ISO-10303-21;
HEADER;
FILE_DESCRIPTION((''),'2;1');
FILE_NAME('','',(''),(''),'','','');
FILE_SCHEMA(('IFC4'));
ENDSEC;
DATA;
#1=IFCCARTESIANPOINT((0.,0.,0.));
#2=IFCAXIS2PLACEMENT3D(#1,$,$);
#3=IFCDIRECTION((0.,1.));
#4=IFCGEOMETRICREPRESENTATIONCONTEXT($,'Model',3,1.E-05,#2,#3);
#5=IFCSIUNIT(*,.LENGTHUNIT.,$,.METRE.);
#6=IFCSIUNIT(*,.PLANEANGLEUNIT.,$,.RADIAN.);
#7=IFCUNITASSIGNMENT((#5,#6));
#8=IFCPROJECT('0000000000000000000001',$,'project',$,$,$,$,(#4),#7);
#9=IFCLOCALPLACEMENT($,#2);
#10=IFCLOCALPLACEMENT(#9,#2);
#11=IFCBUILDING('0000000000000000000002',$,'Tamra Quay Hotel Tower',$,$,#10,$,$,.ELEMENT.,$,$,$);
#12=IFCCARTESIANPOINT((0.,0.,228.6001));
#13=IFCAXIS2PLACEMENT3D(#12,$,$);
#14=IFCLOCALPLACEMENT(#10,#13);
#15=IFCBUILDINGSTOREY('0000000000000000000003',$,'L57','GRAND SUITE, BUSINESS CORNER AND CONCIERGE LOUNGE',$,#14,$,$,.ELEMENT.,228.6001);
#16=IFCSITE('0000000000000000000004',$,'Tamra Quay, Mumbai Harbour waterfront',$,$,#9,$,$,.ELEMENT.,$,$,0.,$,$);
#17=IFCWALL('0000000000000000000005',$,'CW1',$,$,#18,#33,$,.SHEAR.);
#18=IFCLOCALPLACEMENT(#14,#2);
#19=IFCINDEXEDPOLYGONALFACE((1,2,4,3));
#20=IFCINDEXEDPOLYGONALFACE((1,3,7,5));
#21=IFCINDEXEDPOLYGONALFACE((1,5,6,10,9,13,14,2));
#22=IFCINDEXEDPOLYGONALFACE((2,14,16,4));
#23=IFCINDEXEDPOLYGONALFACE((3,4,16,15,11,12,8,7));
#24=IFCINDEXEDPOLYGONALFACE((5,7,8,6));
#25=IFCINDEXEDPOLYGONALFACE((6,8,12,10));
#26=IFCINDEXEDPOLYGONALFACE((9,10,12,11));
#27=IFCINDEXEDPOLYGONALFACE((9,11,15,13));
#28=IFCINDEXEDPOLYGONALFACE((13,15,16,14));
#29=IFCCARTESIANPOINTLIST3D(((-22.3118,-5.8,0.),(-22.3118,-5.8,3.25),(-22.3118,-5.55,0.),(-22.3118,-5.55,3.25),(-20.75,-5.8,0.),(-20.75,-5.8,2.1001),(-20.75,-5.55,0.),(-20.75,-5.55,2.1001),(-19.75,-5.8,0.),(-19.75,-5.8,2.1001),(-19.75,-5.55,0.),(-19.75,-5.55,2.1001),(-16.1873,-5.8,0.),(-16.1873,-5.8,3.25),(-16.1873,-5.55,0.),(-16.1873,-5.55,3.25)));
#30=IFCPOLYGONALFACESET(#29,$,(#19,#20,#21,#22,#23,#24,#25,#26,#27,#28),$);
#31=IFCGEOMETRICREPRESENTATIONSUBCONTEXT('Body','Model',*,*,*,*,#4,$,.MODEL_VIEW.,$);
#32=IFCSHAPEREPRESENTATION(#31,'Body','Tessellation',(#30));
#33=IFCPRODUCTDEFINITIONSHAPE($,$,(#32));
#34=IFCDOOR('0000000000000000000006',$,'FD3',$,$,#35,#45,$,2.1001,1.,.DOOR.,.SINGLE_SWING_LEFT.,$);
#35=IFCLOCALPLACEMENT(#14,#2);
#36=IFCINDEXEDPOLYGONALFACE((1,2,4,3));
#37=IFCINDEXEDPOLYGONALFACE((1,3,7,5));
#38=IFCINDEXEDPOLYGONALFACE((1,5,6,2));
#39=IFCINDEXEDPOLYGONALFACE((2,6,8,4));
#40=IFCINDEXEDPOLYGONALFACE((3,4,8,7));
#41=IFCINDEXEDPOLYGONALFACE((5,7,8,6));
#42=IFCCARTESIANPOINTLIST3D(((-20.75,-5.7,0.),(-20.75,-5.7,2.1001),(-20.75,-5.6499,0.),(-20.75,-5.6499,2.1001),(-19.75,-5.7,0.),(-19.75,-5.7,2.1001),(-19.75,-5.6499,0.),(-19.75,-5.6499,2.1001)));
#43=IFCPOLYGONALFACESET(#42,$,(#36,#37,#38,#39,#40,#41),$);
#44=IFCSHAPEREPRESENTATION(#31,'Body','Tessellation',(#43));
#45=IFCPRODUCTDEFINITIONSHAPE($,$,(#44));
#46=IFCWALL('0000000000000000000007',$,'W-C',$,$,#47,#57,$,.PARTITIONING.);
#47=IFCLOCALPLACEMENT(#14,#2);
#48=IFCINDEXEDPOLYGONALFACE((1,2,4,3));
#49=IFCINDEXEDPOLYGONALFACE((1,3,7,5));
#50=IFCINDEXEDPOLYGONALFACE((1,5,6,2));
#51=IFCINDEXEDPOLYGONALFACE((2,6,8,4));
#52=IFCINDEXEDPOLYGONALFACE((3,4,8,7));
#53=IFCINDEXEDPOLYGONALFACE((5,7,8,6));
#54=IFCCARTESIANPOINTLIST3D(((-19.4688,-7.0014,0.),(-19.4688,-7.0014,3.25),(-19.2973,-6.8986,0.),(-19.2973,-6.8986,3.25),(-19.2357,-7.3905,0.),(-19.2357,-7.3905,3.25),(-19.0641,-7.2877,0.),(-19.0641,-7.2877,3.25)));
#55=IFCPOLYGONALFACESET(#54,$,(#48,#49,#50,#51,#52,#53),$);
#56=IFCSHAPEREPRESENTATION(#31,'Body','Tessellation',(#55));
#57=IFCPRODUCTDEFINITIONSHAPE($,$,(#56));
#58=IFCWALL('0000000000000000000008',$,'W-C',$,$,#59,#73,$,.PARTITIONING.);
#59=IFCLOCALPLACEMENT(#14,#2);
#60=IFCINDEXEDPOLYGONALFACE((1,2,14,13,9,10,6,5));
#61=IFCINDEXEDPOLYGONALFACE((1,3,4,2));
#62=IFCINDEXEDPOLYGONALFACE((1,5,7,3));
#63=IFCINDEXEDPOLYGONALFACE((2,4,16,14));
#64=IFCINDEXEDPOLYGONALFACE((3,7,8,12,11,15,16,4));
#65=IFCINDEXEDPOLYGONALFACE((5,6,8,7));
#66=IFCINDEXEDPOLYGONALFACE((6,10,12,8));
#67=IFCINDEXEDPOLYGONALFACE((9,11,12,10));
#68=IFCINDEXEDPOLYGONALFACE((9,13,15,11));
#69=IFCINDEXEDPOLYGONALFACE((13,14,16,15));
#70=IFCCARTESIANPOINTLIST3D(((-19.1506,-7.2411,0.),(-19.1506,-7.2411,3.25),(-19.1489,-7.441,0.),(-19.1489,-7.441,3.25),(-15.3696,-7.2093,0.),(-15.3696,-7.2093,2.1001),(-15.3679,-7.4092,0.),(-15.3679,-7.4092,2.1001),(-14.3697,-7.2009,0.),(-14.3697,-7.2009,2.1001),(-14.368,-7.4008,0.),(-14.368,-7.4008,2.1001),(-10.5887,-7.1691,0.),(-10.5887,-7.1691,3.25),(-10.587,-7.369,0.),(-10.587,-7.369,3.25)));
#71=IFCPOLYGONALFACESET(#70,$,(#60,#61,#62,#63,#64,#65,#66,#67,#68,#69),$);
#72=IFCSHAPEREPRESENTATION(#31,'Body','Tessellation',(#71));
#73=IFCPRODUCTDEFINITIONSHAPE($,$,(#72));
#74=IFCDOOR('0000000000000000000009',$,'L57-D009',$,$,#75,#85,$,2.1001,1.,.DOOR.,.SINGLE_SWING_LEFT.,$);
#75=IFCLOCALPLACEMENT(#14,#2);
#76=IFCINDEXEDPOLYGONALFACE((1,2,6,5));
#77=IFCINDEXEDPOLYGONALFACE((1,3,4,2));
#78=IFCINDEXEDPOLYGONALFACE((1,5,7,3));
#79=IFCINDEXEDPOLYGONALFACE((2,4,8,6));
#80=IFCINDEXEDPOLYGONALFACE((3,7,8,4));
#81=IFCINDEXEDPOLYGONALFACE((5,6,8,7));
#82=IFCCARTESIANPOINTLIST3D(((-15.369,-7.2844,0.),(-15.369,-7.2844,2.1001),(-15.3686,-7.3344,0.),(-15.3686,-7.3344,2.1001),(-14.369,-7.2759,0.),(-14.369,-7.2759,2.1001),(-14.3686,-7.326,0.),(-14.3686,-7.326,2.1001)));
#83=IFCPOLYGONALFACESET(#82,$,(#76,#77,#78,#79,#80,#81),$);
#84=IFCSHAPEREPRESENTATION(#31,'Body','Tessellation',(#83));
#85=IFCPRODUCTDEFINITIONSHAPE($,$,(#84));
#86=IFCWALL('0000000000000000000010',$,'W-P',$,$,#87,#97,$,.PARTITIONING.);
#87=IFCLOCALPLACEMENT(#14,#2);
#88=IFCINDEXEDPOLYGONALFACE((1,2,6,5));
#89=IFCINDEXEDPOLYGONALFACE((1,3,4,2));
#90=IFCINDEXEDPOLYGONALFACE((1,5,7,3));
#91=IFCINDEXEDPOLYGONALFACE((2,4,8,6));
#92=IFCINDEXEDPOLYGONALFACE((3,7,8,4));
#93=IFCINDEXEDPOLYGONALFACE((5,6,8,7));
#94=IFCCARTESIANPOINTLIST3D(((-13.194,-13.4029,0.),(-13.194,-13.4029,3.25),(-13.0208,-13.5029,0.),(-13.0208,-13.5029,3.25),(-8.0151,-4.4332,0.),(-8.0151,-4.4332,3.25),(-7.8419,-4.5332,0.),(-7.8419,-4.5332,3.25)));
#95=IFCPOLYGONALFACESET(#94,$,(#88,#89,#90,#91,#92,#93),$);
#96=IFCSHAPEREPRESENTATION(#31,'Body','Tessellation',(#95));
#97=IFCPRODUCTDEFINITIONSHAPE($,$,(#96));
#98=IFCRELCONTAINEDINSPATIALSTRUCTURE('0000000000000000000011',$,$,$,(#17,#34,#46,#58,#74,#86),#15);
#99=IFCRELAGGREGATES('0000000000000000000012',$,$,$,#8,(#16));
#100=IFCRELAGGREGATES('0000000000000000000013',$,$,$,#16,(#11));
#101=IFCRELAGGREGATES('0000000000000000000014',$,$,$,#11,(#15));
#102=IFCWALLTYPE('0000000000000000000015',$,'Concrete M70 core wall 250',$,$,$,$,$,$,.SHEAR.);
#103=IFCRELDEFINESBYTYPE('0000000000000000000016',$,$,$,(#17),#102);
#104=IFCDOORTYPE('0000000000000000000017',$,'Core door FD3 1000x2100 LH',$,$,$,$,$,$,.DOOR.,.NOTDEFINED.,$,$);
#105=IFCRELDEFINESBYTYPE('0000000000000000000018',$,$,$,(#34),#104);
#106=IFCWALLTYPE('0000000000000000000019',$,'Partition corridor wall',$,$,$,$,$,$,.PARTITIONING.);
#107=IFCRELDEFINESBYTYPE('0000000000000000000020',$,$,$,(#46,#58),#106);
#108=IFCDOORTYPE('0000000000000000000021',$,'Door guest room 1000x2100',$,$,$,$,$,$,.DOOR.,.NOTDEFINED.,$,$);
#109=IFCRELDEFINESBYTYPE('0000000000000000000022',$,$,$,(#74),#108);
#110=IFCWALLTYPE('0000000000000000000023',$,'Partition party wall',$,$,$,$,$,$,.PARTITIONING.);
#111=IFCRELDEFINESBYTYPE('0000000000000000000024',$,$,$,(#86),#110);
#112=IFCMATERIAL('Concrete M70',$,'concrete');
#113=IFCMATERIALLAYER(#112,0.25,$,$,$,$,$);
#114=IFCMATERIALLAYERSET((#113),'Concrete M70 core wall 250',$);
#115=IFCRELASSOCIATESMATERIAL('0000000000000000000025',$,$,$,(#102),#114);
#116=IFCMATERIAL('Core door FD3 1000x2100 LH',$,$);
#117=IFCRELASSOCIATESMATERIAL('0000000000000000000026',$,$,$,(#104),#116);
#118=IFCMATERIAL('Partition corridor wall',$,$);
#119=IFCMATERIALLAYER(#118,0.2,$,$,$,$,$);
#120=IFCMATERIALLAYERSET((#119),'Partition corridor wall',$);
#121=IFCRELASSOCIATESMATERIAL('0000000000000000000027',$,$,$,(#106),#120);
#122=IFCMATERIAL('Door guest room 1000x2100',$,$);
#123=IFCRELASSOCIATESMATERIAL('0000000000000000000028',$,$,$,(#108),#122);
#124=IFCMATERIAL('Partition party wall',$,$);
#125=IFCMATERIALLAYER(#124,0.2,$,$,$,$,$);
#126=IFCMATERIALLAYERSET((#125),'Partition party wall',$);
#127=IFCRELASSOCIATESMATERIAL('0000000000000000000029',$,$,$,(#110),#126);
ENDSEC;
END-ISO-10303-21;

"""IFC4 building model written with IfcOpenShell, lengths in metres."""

from ifc_helpers import new_model, si_unit, direction, frame, frame_2d, origin, place, context, subcontext, project, spatial, rectangle, extrude, material, layer, layer_set, type_object, element, fill, save


model = new_model("IFC4")

# Units and contexts
model_context = context("Model", 3, precision=1e-05, world=origin(), true_north=direction((0.0, 1.0)))
body_context = subcontext(model_context, "Body", "Model", "MODEL_VIEW")
ifc_project = project(units=[si_unit("LENGTHUNIT", "METRE"), si_unit("PLANEANGLEUNIT", "RADIAN")], contexts=[model_context])

# Site, building, storey
site_placement = place(None, origin())
site = spatial("IfcSite", under=ifc_project, at=site_placement, Name="Tamra Quay, Mumbai Harbour waterfront", CompositionType="ELEMENT", RefElevation=0.0)
building_placement = place(site_placement, origin())
building = spatial("IfcBuilding", under=site, at=building_placement, Name="Tamra Quay Hotel Tower", CompositionType="ELEMENT")
storey_placement = place(building_placement, frame((0.0, 0.0, 228.6001)))
storey = spatial("IfcBuildingStorey", under=building, at=storey_placement, Name="L57", Description="GRAND SUITE, BUSINESS CORNER AND CONCIERGE LOUNGE", CompositionType="ELEMENT", Elevation=228.6001)

# Shared definitions
ifc_material_1 = material(Name="Concrete M70", Category="concrete")

# Wall, opening, door
ifc_layer_1 = layer(ifc_material_1, 0.25)
ifc_layer_set_1 = layer_set([ifc_layer_1], Name="Concrete M70 core wall 250")
wall_type_1 = type_object("IfcWallType", Name="Concrete M70 core wall 250", PredefinedType="SHEAR", material=ifc_layer_set_1)
wall_1_placement = place(storey_placement, frame((-16.1873, -5.675, 0.0), z_axis=(0.0, 0.0, 1.0), x_axis=(-1.0, 0.0, 0.0)))
wall_1 = element("IfcWall", 1, at=wall_1_placement, inside=storey, type_object=wall_type_1, Name="CW1", PredefinedType="SHEAR", context=body_context, shape_type="SweptSolid", body=[
    extrude(rectangle(XDim=6.1245, YDim=0.25, at=frame_2d((3.0623, 0.0))), origin(), (0.0, 0.0, 1.0), 3.25),
])
opening_1_placement = place(wall_1_placement, frame((3.5627, 0.0, 0.0)))
opening_1 = element("IfcOpeningElement", 2, at=opening_1_placement, cuts=wall_1, PredefinedType="OPENING", context=body_context, shape_type="SweptSolid", body=[
    extrude(rectangle(XDim=1.0, YDim=2.1001, at=frame_2d((0.5, 1.05))), frame((0.0, 0.135, 0.0), z_axis=(0.0, -1.0, 0.0), x_axis=(1.0, 0.0, 0.0)), (0.0, 0.0, 1.0), 0.27),
])
ifc_material_2 = material(Name="Core door FD3 1000x2100 LH")
door_type_1 = type_object("IfcDoorType", Name="Core door FD3 1000x2100 LH", OperationType="NOTDEFINED", PredefinedType="DOOR", material=ifc_material_2)
door_1_placement = place(opening_1_placement, origin())
door_1 = element("IfcDoor", 3, at=door_1_placement, inside=storey, type_object=door_type_1, Name="FD3", OperationType="SINGLE_SWING_LEFT", OverallHeight=2.1001, OverallWidth=1.0, PredefinedType="DOOR", context=body_context, shape_type="SweptSolid", body=[
    extrude(rectangle(XDim=1.0, YDim=2.1001, at=frame_2d((0.5, 1.05))), frame((0.0, 0.0249, 0.0), z_axis=(0.0, -1.0, 0.0), x_axis=(1.0, 0.0, 0.0)), (0.0, 0.0, 1.0), 0.05),
])
fill(opening_1, door_1)

# Wall
ifc_material_3 = material(Name="Partition corridor wall")
ifc_layer_2 = layer(ifc_material_3, 0.2)
ifc_layer_set_2 = layer_set([ifc_layer_2], Name="Partition corridor wall")
wall_type_2 = type_object("IfcWallType", Name="Partition corridor wall", PredefinedType="PARTITIONING", material=ifc_layer_set_2)
wall_2_placement = place(storey_placement, frame((-19.1499, -7.3391, 0.0), z_axis=(0.0, 0.0, 1.0), x_axis=(-0.513942, 0.857825, 0.0)))
element("IfcWall", 4, at=wall_2_placement, inside=storey, type_object=wall_type_2, Name="W-C", PredefinedType="PARTITIONING", context=body_context, shape_type="SweptSolid", body=[
    extrude(rectangle(XDim=0.4536, YDim=0.2, at=frame_2d((0.2268, 0.0))), origin(), (0.0, 0.0, 1.0), 3.25),
])

# Wall, opening, door
wall_3_placement = place(storey_placement, frame((-19.1499, -7.3411, 0.0), z_axis=(0.0, 0.0, 1.0), x_axis=(0.999965, 0.008411, 0.0)))
wall_3 = element("IfcWall", 5, at=wall_3_placement, inside=storey, type_object=wall_type_2, Name="W-C", PredefinedType="PARTITIONING", context=body_context, shape_type="SweptSolid", body=[
    extrude(rectangle(XDim=8.5623, YDim=0.2, at=frame_2d((4.2812, 0.0))), origin(), (0.0, 0.0, 1.0), 3.25),
])
opening_2_placement = place(wall_3_placement, frame((3.7812, 0.0, 0.0)))
opening_2 = element("IfcOpeningElement", 6, at=opening_2_placement, cuts=wall_3, PredefinedType="OPENING", context=body_context, shape_type="SweptSolid", body=[
    extrude(rectangle(XDim=1.0, YDim=2.1001, at=frame_2d((0.5, 1.05))), frame((0.0, 0.1099, 0.0), z_axis=(0.0, -1.0, 0.0), x_axis=(1.0, 0.0, 0.0)), (0.0, 0.0, 1.0), 0.22),
])
ifc_material_4 = material(Name="Door guest room 1000x2100")
door_type_2 = type_object("IfcDoorType", Name="Door guest room 1000x2100", OperationType="NOTDEFINED", PredefinedType="DOOR", material=ifc_material_4)
door_2_placement = place(opening_2_placement, origin())
door_2 = element("IfcDoor", 7, at=door_2_placement, inside=storey, type_object=door_type_2, Name="L57-D009", OperationType="SINGLE_SWING_LEFT", OverallHeight=2.1001, OverallWidth=1.0, PredefinedType="DOOR", context=body_context, shape_type="SweptSolid", body=[
    extrude(rectangle(XDim=1.0, YDim=2.1001, at=frame_2d((0.5, 1.05))), frame((0.0, 0.0249, 0.0), z_axis=(0.0, -1.0, 0.0), x_axis=(1.0, 0.0, 0.0)), (0.0, 0.0, 1.0), 0.05),
])
fill(opening_2, door_2)

# Wall
ifc_material_5 = material(Name="Partition party wall")
ifc_layer_3 = layer(ifc_material_5, 0.2)
ifc_layer_set_3 = layer_set([ifc_layer_3], Name="Partition party wall")
wall_type_3 = type_object("IfcWallType", Name="Partition party wall", PredefinedType="PARTITIONING", material=ifc_layer_set_3)
wall_4_placement = place(storey_placement, frame((-13.1074, -13.4529, 0.0), z_axis=(0.0, 0.0, 1.0), x_axis=(0.50002, 0.866014, 0.0)))
element("IfcWall", 8, at=wall_4_placement, inside=storey, type_object=wall_type_3, Name="W-P", PredefinedType="PARTITIONING", context=body_context, shape_type="SweptSolid", body=[
    extrude(rectangle(XDim=10.3574, YDim=0.2, at=frame_2d((5.1787, 0.0))), origin(), (0.0, 0.0, 1.0), 3.25),
])

save(model, "model.ifc")
